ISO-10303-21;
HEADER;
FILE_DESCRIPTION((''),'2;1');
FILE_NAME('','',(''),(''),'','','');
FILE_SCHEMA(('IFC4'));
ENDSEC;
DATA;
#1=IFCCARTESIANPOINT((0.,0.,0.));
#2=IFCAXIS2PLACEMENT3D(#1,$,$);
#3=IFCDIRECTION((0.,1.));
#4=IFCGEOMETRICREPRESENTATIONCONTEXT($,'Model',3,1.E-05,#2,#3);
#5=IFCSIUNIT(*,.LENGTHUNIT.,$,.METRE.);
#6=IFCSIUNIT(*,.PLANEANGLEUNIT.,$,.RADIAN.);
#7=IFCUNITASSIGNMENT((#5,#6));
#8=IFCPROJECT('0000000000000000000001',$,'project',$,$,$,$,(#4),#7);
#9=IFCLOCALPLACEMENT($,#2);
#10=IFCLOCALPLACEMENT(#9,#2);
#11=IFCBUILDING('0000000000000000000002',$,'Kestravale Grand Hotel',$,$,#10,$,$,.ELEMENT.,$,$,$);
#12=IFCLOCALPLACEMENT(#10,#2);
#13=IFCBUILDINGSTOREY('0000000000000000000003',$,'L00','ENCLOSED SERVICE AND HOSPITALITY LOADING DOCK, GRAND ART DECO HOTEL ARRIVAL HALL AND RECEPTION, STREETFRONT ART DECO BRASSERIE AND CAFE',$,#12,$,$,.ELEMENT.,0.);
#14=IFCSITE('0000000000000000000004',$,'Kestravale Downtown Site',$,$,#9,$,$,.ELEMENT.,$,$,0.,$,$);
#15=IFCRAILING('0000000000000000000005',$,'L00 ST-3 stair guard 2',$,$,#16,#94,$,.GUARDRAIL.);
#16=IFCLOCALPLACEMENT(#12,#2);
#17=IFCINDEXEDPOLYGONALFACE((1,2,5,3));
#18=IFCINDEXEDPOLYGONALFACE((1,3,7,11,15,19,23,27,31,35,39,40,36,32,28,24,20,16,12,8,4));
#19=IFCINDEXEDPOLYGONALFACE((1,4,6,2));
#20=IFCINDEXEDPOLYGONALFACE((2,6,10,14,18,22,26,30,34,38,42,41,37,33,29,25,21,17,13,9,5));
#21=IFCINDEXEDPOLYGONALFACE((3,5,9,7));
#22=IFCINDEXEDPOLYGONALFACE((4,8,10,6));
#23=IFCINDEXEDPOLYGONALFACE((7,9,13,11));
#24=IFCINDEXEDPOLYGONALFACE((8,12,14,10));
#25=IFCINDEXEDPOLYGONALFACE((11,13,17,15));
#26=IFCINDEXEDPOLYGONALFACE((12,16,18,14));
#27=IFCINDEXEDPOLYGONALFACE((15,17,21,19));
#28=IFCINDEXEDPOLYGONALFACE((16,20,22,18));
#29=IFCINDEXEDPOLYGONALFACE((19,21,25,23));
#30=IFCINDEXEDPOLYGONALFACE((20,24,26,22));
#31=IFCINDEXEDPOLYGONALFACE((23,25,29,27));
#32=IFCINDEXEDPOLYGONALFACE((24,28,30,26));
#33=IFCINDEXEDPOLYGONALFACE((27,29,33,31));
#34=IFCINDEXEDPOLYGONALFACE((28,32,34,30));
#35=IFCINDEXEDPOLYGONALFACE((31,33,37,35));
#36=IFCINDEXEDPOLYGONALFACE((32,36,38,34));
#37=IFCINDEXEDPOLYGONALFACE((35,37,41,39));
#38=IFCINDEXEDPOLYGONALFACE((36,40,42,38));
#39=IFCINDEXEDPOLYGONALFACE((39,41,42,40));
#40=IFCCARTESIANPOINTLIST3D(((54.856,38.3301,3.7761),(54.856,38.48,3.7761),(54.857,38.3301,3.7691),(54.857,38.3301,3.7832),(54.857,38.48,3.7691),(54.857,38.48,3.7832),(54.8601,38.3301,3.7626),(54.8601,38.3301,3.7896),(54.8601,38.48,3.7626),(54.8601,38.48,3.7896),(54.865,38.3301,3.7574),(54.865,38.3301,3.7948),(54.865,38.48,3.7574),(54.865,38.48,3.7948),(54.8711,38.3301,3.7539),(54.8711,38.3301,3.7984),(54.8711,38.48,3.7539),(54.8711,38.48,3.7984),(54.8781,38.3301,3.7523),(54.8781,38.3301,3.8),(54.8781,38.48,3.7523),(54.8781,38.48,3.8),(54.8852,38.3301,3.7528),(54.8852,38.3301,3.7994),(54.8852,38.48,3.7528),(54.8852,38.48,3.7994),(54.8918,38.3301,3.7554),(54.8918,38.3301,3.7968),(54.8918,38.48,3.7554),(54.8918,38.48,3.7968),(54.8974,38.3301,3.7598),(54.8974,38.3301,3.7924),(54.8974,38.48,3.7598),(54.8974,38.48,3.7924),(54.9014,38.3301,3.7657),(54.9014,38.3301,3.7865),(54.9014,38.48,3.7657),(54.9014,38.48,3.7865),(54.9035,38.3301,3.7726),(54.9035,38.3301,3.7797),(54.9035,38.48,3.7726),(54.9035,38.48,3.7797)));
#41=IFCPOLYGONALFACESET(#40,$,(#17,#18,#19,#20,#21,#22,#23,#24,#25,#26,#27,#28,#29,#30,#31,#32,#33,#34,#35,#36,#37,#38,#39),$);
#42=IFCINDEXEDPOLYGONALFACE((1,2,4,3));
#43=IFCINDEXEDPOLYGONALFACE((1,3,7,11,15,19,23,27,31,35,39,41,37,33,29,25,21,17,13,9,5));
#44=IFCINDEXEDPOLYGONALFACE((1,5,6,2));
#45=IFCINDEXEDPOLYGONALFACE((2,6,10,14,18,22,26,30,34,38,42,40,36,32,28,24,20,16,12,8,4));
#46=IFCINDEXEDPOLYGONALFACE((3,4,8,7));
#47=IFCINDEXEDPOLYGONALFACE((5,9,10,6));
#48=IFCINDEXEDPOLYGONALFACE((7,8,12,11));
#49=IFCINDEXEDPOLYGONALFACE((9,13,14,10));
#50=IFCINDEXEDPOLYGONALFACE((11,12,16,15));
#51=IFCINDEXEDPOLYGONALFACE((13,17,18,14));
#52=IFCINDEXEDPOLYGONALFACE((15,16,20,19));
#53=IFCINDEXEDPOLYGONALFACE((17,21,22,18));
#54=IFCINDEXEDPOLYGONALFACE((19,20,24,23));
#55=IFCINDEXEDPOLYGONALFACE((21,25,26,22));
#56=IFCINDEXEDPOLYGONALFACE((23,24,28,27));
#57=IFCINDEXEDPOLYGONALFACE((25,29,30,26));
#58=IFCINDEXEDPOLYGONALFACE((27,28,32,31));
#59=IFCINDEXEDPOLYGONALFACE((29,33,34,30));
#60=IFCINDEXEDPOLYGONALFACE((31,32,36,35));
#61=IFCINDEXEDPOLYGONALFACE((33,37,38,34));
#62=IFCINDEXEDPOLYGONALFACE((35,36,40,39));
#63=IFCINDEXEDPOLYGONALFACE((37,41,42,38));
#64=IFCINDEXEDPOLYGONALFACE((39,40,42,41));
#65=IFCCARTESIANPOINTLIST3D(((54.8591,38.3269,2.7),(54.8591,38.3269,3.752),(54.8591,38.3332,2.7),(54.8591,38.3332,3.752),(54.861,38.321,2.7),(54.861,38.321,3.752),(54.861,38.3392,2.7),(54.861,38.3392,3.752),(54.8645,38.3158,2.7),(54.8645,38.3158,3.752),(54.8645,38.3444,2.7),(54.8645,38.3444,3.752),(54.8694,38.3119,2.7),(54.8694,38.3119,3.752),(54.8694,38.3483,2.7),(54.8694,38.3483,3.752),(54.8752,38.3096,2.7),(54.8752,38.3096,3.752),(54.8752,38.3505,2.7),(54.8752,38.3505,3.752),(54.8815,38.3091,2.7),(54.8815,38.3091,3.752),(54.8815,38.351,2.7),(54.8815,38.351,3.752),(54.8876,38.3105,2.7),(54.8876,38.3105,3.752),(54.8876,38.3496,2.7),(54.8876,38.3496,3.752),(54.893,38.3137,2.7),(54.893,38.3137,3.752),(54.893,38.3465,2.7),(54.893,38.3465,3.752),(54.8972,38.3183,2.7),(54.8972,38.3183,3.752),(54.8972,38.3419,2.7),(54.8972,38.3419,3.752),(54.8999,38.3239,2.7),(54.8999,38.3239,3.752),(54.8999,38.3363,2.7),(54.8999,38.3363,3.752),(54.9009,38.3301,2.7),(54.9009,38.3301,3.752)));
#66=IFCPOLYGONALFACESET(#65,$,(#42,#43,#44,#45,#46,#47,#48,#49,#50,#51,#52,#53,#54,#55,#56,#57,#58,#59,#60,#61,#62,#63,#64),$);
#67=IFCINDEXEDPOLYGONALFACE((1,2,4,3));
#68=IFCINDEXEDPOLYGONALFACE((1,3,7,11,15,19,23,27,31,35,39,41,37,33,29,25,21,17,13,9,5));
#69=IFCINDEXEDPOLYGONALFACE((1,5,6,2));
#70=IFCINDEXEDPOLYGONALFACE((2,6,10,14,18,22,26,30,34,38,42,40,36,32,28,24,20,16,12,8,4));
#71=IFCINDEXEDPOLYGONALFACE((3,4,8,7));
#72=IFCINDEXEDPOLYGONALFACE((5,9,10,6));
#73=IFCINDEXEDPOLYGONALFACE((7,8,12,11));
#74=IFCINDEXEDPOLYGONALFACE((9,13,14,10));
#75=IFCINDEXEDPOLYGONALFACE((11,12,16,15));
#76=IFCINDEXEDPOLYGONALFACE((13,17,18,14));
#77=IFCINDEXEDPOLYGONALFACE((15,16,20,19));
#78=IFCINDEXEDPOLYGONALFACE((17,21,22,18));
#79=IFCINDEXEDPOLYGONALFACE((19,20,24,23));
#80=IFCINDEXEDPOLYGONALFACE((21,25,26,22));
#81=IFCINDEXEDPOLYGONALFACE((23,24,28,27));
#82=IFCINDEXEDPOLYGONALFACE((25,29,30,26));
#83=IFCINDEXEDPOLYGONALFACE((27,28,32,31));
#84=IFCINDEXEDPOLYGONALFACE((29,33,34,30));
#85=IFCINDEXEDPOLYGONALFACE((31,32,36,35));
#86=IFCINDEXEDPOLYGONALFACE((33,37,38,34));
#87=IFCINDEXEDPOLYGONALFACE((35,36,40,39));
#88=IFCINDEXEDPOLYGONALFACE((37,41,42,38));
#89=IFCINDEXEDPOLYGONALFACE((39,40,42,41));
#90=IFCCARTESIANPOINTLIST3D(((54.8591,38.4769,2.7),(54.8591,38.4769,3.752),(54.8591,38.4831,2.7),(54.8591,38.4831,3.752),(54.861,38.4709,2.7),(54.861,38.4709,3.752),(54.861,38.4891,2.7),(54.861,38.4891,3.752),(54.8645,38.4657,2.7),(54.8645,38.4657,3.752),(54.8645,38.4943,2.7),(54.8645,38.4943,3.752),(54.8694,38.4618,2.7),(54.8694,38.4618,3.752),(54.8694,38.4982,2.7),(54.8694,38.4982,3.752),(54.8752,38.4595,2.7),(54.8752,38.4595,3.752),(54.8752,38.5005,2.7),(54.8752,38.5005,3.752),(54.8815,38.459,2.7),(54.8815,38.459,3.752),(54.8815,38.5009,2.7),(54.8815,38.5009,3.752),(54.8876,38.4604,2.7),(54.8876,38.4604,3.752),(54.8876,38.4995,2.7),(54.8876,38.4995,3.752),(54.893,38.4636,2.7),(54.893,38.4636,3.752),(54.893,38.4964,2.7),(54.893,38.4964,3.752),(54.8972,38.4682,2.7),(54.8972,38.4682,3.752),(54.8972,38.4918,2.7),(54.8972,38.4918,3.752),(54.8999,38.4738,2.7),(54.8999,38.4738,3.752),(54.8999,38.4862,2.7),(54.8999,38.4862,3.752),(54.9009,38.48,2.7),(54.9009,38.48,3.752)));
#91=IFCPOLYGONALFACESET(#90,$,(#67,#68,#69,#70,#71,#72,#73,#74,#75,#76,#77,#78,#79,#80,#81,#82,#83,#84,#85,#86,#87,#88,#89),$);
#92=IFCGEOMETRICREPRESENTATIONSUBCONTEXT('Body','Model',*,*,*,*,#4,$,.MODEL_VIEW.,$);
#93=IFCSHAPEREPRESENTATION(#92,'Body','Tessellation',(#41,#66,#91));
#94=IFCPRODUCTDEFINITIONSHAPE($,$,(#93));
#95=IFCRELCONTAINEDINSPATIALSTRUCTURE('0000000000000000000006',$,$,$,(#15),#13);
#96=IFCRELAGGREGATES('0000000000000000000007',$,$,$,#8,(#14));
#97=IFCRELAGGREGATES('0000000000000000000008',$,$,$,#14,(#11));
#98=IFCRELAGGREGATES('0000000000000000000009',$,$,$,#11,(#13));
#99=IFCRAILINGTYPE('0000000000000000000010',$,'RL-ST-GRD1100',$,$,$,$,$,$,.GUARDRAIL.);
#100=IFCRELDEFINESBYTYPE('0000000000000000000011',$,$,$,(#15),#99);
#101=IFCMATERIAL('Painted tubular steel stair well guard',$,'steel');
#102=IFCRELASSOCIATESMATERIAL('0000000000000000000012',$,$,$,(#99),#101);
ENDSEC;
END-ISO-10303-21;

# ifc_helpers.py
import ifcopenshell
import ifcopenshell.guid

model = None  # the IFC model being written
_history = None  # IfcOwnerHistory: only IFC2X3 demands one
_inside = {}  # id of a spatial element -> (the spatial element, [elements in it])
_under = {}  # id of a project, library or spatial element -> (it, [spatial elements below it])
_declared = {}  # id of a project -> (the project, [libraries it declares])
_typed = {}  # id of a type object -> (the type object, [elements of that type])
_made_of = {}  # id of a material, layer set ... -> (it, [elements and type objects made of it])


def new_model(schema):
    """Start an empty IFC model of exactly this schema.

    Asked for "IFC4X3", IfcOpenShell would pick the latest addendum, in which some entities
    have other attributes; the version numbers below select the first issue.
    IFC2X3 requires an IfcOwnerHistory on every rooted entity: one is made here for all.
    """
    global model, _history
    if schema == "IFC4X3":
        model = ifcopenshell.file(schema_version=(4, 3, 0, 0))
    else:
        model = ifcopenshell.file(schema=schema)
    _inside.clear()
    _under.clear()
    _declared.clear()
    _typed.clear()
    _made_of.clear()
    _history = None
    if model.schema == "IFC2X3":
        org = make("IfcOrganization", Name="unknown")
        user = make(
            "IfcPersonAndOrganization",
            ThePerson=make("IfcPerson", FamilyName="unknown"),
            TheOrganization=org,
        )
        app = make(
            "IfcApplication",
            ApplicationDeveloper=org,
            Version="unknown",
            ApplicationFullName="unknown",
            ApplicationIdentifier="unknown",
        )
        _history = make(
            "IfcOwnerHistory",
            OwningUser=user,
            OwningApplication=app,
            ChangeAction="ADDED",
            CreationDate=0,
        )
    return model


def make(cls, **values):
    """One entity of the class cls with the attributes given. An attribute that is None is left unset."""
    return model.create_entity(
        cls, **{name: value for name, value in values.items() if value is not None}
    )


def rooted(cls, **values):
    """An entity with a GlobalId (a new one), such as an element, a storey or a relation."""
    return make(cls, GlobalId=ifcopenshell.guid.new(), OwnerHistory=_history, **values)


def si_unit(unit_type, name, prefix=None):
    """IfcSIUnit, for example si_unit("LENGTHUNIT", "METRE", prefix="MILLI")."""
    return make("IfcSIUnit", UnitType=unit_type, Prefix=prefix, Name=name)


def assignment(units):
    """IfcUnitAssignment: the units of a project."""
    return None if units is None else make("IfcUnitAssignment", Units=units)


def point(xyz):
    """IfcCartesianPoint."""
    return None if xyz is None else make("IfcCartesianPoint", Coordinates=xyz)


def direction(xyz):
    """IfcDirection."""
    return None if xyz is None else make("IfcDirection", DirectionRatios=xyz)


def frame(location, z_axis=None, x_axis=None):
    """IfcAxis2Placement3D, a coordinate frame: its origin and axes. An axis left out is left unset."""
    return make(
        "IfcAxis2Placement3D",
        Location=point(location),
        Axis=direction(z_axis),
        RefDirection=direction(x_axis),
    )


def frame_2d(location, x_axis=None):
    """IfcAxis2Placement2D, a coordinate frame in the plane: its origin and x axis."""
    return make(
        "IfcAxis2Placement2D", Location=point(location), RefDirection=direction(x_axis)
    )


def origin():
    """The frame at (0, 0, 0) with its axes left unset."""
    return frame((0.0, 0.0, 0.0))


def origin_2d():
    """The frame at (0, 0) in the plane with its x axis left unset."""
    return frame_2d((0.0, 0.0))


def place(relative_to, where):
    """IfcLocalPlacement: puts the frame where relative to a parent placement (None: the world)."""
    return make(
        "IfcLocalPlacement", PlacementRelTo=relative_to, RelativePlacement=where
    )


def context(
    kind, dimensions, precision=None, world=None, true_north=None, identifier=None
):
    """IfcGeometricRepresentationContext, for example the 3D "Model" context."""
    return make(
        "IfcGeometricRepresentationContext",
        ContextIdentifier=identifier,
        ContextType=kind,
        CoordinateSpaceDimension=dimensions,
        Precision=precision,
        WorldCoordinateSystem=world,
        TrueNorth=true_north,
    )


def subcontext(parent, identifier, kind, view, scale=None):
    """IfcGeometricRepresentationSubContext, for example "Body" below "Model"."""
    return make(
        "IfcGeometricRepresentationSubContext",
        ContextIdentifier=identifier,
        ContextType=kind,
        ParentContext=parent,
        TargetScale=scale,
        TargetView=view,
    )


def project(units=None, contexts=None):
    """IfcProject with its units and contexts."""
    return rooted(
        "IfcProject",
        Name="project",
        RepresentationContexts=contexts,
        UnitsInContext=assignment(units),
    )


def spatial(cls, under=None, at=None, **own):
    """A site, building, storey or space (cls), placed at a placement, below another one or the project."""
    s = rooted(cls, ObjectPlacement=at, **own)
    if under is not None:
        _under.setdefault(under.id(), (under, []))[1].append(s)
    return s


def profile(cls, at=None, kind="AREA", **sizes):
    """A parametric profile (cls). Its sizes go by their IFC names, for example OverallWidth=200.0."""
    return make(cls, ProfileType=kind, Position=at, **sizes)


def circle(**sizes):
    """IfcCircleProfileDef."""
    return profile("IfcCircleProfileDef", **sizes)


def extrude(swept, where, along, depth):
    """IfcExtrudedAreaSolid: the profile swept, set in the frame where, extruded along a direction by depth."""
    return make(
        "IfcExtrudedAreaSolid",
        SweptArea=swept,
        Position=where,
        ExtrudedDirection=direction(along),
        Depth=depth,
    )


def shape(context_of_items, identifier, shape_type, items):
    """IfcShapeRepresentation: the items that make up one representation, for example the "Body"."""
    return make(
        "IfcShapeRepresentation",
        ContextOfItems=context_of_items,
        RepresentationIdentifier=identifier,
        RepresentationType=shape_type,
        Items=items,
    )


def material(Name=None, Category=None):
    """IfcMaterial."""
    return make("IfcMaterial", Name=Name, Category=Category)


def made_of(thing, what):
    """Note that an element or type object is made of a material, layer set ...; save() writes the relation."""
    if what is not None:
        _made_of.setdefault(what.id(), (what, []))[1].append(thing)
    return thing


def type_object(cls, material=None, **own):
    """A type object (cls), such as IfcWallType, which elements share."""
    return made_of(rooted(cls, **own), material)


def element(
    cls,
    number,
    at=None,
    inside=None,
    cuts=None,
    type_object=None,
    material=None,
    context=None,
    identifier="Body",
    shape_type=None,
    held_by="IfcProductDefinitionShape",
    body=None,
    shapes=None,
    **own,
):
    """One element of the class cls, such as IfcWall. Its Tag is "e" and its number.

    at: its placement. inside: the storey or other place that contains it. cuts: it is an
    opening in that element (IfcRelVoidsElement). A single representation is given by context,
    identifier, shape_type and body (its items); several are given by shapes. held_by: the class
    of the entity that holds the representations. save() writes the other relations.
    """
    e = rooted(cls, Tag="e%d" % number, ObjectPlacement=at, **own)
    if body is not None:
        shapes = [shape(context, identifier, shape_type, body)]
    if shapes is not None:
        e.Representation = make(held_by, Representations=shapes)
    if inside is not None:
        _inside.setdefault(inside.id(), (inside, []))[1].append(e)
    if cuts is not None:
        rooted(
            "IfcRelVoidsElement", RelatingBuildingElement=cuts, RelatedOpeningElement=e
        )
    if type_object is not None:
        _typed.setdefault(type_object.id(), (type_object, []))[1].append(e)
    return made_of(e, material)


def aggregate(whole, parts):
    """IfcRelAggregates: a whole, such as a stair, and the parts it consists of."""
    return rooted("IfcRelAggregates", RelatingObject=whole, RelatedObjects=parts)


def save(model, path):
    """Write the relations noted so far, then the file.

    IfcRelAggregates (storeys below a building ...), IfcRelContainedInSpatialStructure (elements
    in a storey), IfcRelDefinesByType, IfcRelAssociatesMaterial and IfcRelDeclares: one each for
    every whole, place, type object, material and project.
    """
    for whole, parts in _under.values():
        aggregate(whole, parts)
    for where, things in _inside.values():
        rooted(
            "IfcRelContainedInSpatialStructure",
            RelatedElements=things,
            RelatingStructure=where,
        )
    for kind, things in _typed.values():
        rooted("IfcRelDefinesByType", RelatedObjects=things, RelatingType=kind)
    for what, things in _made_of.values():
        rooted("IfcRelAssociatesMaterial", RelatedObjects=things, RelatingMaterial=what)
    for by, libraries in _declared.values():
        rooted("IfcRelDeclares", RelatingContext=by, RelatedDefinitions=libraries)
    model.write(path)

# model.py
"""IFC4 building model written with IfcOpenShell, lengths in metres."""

from ifc_helpers import new_model, si_unit, direction, frame, origin, origin_2d, place, context, subcontext, project, spatial, circle, extrude, material, type_object, element, save


model = new_model("IFC4")

# Units and contexts
model_context = context("Model", 3, precision=1e-05, world=origin(), true_north=direction((0.0, 1.0)))
body_context = subcontext(model_context, "Body", "Model", "MODEL_VIEW")
ifc_project = project(units=[si_unit("LENGTHUNIT", "METRE"), si_unit("PLANEANGLEUNIT", "RADIAN")], contexts=[model_context])

# Site, building, storey
site_placement = place(None, origin())
site = spatial("IfcSite", under=ifc_project, at=site_placement, Name="Kestravale Downtown Site", CompositionType="ELEMENT", RefElevation=0.0)
building_placement = place(site_placement, origin())
building = spatial("IfcBuilding", under=site, at=building_placement, Name="Kestravale Grand Hotel", CompositionType="ELEMENT")
storey_placement = place(building_placement, origin())
storey = spatial("IfcBuildingStorey", under=building, at=storey_placement, Name="L00", Description="ENCLOSED SERVICE AND HOSPITALITY LOADING DOCK, GRAND ART DECO HOTEL ARRIVAL HALL AND RECEPTION, STREETFRONT ART DECO BRASSERIE AND CAFE", CompositionType="ELEMENT", Elevation=0.0)

# Railing
ifc_material_1 = material(Name="Painted tubular steel stair well guard", Category="steel")
railing_type_1 = type_object("IfcRailingType", Name="RL-ST-GRD1100", PredefinedType="GUARDRAIL", material=ifc_material_1)
railing_1_placement = place(storey_placement, frame((54.8799, 38.3301, 2.7)))
element("IfcRailing", 1, at=railing_1_placement, inside=storey, type_object=railing_type_1, Name="L00 ST-3 stair guard 2", PredefinedType="GUARDRAIL", context=body_context, shape_type="SweptSolid", body=[
    extrude(circle(Radius=0.0239, at=origin_2d()), frame((0.0, 0.0, 1.0762), z_axis=(0.0, 1.0, 0.0), x_axis=(-1.0, 0.0, 0.0)), (0.0, 0.0, 1.0), 0.1499),
    extrude(circle(Radius=0.021, at=origin_2d()), origin(), (0.0, 0.0, 1.0), 1.052),
    extrude(circle(Radius=0.021, at=origin_2d()), frame((0.0, 0.1499, 0.0)), (0.0, 0.0, 1.0), 1.052),
])

save(model, "model.ifc")
